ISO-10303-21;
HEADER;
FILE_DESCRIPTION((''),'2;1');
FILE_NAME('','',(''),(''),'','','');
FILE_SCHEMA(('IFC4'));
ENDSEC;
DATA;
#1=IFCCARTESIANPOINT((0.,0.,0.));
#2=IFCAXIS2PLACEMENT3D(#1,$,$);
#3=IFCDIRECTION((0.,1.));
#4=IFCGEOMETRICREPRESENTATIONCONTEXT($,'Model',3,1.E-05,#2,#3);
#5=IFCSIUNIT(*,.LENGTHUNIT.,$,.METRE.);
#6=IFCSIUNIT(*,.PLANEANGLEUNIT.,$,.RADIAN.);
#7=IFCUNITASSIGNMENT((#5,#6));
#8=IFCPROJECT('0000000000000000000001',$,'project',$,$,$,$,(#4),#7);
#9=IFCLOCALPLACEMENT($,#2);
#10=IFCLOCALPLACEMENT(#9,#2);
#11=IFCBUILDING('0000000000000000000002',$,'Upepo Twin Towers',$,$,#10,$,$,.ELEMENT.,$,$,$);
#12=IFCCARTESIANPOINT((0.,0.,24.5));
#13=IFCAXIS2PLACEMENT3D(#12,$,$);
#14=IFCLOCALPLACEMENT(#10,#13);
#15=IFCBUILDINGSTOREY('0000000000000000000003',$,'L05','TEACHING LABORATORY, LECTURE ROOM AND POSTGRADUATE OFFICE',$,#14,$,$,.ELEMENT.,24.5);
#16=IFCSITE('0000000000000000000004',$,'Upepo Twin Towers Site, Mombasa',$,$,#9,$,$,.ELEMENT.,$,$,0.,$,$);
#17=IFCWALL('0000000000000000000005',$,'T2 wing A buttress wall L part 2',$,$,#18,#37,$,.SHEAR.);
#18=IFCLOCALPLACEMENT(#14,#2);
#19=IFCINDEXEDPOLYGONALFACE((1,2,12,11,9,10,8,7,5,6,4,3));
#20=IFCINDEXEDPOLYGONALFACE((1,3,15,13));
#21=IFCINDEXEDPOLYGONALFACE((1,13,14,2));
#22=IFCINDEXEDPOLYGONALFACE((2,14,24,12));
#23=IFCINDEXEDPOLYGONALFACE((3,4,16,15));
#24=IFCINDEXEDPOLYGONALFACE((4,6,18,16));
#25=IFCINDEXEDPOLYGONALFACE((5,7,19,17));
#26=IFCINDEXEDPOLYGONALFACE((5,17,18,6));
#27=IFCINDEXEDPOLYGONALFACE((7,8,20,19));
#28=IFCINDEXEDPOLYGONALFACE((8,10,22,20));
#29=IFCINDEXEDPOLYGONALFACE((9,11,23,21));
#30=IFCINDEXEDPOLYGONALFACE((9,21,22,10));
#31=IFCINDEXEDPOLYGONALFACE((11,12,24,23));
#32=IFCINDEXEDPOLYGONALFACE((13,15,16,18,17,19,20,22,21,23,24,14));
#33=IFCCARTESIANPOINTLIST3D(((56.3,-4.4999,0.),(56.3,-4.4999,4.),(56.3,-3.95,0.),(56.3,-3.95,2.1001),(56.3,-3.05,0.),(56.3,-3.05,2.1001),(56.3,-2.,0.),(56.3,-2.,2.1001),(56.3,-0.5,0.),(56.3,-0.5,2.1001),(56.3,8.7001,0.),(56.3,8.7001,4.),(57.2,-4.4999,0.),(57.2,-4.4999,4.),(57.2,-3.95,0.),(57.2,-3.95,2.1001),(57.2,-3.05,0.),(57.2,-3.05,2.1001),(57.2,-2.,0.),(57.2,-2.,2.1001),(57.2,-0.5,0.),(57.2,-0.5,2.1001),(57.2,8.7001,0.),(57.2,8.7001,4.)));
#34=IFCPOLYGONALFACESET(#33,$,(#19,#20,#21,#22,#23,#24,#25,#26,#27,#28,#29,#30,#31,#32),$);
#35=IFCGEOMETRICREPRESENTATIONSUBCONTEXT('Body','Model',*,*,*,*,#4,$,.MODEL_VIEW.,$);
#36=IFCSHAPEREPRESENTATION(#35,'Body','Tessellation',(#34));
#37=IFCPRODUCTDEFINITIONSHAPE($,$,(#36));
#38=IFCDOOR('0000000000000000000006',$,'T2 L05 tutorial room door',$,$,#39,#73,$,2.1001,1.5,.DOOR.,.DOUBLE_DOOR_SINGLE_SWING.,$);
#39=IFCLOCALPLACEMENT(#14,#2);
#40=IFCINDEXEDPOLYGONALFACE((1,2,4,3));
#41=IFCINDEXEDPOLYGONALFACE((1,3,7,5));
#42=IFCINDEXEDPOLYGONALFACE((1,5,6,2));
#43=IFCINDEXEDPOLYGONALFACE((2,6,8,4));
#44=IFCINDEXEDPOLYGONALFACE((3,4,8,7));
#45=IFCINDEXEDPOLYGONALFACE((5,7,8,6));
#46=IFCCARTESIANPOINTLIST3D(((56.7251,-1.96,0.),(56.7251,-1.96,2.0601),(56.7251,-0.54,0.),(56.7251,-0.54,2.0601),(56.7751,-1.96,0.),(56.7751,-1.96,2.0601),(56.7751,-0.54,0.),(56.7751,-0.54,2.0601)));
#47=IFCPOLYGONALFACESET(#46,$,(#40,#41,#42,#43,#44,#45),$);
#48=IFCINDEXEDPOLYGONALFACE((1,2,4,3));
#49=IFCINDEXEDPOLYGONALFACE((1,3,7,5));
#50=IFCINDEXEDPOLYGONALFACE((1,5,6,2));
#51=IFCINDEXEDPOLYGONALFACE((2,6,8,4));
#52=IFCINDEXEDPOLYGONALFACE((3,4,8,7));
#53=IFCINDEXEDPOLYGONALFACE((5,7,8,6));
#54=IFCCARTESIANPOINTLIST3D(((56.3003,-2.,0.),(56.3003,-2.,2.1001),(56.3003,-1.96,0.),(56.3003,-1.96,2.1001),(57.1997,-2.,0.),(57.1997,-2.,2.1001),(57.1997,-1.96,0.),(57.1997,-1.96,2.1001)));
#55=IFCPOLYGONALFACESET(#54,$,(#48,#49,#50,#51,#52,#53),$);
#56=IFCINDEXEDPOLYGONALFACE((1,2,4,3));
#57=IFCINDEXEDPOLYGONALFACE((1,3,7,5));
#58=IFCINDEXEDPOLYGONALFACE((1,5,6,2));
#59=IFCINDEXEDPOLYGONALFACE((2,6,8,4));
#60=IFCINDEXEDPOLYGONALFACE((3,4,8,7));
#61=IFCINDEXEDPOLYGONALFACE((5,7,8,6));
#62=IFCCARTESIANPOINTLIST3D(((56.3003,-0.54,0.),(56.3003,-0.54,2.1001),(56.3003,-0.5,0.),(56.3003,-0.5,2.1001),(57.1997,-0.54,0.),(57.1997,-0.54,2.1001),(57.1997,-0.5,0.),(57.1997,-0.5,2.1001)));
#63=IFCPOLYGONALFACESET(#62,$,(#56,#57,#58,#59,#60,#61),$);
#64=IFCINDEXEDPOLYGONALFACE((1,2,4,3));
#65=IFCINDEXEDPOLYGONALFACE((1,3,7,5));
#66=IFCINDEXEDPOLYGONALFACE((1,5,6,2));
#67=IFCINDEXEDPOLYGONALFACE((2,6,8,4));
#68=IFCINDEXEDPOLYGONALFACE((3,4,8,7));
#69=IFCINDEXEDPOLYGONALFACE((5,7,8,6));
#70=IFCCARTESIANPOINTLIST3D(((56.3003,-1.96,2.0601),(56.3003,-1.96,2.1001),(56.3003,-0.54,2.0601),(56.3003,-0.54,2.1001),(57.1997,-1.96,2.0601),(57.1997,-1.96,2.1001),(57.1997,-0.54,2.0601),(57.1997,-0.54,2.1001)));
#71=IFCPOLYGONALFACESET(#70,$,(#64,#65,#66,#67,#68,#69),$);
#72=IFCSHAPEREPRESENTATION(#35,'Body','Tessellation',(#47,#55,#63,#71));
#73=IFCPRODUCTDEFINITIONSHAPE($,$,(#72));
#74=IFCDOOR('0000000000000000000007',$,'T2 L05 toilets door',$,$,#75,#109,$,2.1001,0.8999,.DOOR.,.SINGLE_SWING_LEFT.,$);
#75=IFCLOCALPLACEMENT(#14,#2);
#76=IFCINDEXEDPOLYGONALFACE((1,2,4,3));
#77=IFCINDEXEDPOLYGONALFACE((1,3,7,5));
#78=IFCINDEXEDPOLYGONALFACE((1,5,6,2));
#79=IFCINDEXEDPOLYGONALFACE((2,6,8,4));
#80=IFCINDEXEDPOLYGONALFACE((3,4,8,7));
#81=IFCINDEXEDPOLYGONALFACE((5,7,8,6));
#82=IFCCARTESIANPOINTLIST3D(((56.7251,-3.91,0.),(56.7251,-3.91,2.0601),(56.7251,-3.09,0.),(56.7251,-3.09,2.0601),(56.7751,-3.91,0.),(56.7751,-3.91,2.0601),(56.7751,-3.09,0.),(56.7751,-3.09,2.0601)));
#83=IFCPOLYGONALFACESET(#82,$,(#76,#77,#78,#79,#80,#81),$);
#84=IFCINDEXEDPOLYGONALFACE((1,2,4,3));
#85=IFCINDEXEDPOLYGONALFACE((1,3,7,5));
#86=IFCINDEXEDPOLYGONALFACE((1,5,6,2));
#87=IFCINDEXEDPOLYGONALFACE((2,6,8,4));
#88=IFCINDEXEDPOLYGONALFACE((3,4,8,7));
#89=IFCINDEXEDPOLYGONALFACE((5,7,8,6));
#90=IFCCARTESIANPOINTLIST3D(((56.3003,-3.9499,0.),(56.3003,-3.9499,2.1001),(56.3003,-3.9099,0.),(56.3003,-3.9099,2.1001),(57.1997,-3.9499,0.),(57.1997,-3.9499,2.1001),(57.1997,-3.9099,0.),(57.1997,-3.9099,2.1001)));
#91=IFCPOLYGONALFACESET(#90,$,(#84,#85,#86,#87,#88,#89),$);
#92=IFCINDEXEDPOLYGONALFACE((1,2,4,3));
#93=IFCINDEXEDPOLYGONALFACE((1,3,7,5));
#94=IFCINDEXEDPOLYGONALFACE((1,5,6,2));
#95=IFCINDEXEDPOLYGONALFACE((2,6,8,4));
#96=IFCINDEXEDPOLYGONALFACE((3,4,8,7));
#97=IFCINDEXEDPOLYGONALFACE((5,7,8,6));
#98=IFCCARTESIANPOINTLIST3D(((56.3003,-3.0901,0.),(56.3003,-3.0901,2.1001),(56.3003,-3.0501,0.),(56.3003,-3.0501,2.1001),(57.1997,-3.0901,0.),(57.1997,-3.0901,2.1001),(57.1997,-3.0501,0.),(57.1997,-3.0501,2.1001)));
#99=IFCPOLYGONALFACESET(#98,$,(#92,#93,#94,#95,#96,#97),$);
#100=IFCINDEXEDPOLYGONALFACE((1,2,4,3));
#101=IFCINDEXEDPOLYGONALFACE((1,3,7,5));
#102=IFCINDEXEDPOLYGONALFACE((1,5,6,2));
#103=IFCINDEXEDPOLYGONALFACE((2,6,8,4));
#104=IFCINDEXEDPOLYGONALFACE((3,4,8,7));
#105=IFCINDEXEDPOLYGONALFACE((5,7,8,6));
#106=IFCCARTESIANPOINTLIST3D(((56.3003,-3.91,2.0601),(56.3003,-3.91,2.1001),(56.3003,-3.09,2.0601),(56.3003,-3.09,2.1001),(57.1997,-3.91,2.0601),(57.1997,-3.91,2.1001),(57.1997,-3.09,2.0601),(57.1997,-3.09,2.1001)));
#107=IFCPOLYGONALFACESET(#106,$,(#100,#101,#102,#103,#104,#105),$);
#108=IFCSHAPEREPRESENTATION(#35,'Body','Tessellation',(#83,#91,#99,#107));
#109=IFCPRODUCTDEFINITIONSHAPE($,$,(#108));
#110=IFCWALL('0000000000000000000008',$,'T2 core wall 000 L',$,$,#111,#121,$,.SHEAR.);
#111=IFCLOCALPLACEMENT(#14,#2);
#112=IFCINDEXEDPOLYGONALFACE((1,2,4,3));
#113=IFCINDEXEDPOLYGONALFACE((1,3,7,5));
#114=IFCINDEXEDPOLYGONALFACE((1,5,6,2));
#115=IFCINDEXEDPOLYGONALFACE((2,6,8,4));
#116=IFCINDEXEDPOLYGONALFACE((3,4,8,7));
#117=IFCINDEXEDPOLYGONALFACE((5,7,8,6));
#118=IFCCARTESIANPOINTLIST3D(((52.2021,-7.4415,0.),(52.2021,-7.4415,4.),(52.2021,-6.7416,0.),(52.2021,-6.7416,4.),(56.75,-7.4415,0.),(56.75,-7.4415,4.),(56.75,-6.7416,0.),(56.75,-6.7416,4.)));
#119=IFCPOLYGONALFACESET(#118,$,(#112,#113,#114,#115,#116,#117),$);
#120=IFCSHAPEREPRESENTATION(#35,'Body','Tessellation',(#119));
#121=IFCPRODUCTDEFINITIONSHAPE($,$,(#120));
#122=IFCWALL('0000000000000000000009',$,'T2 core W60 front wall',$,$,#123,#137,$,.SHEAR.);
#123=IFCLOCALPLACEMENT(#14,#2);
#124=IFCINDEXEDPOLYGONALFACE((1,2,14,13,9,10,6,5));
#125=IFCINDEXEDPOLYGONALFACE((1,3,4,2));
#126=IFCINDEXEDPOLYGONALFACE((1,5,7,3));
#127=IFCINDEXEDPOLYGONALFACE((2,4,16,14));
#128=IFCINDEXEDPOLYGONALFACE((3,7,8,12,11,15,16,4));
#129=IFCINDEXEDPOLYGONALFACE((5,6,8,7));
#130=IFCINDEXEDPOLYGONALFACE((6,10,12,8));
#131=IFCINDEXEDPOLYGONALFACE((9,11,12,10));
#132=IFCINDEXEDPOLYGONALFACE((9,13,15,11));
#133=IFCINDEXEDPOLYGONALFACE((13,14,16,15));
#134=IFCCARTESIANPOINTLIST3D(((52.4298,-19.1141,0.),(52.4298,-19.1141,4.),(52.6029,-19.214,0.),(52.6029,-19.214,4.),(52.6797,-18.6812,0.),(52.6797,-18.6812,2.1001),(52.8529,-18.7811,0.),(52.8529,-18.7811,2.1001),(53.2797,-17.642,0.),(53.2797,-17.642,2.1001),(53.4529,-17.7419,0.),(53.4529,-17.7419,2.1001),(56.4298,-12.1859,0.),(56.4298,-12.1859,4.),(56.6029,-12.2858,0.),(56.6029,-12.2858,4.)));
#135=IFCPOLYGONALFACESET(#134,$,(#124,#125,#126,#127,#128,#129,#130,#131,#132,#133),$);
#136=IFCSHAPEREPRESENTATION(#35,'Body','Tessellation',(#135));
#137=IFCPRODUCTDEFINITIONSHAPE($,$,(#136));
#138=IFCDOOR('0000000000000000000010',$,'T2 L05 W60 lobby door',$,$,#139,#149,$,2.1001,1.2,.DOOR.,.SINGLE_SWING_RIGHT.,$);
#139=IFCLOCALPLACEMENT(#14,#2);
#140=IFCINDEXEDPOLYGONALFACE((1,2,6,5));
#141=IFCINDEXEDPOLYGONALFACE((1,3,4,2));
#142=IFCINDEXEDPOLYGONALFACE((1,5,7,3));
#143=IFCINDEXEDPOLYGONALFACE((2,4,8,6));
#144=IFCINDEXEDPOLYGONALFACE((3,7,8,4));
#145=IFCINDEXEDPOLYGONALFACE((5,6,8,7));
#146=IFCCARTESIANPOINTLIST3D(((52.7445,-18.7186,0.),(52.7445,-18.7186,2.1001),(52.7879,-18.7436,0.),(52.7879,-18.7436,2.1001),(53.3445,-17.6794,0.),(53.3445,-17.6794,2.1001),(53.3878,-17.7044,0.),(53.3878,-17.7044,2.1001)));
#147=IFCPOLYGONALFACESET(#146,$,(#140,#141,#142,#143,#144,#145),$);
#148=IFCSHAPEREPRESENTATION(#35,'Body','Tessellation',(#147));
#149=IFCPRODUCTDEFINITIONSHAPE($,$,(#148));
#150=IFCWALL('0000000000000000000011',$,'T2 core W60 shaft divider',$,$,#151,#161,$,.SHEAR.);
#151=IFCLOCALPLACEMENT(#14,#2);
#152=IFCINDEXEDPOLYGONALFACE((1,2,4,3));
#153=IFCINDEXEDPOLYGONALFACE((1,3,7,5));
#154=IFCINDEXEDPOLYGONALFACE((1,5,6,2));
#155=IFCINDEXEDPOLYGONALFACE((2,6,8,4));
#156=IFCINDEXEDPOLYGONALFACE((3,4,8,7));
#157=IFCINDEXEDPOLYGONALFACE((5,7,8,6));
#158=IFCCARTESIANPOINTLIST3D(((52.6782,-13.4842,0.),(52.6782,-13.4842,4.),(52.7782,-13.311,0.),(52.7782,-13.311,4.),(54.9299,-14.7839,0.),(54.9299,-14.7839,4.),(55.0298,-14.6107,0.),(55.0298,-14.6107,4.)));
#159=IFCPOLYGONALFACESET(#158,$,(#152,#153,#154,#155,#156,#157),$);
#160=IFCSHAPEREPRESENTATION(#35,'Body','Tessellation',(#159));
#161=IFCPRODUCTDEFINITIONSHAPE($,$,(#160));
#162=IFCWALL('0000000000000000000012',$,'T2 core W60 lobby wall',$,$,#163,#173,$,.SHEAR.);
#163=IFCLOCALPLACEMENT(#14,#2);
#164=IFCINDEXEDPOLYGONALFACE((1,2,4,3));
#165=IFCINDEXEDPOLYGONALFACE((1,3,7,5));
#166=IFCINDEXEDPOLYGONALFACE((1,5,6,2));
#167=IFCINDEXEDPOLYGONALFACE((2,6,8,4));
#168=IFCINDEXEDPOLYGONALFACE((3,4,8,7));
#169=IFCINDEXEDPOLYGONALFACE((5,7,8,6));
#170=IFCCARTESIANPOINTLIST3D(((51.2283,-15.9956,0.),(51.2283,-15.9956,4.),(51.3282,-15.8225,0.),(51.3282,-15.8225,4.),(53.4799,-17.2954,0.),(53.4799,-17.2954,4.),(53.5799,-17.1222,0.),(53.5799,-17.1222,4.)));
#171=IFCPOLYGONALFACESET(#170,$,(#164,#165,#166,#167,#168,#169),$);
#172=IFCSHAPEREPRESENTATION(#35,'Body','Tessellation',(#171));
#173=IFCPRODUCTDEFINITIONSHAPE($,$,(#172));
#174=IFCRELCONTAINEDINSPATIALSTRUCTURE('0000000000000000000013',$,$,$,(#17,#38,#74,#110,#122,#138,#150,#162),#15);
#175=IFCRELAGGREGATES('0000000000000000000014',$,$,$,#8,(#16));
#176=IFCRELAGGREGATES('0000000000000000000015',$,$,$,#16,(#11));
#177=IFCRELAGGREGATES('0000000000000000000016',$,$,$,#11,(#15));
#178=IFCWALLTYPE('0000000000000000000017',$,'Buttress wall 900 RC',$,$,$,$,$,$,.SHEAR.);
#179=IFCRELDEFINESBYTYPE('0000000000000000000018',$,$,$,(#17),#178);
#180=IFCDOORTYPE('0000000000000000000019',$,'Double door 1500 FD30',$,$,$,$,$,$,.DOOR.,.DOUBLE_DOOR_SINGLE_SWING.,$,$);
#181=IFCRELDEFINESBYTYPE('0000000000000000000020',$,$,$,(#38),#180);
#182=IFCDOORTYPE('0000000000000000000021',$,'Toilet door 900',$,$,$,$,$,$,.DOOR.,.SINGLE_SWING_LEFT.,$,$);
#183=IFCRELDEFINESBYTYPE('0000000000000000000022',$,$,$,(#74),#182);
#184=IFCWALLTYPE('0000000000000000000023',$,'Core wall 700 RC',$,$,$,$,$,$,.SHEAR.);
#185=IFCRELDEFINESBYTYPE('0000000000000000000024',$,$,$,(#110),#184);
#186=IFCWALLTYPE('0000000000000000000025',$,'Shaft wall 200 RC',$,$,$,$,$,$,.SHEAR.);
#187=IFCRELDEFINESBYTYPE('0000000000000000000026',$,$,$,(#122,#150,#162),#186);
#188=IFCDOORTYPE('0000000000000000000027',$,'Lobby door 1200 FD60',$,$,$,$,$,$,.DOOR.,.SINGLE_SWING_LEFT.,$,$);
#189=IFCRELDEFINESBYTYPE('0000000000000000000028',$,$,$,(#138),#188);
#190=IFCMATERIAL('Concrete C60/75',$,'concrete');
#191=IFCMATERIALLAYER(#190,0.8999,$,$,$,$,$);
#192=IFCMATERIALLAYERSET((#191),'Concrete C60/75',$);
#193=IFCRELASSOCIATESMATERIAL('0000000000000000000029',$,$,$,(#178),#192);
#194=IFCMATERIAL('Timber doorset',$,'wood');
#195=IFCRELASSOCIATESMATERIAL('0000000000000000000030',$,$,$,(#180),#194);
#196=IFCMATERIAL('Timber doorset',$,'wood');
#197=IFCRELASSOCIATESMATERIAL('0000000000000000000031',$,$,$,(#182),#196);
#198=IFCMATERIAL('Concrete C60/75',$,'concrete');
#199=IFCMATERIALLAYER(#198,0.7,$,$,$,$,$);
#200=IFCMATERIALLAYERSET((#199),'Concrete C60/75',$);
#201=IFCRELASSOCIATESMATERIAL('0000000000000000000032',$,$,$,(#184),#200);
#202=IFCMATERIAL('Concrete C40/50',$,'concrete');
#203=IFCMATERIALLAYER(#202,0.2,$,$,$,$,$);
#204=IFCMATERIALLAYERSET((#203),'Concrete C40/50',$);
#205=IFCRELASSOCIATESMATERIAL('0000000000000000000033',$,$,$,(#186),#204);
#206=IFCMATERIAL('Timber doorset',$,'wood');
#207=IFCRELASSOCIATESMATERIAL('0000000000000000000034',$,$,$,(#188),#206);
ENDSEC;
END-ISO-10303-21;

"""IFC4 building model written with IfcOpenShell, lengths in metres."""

from ifc_helpers import new_model, si_unit, direction, frame, frame_2d, origin, place, context, subcontext, project, spatial, rectangle, extrude, material, layer, layer_set, type_object, element, fill, save


model = new_model("IFC4")

# Units and contexts
model_context = context("Model", 3, precision=1e-05, world=origin(), true_north=direction((0.0, 1.0)))
body_context = subcontext(model_context, "Body", "Model", "MODEL_VIEW")
ifc_project = project(units=[si_unit("LENGTHUNIT", "METRE"), si_unit("PLANEANGLEUNIT", "RADIAN")], contexts=[model_context])

# Site, building, storey
site_placement = place(None, origin())
site = spatial("IfcSite", under=ifc_project, at=site_placement, Name="Upepo Twin Towers Site, Mombasa", CompositionType="ELEMENT", RefElevation=0.0)
building_placement = place(site_placement, origin())
building = spatial("IfcBuilding", under=site, at=building_placement, Name="Upepo Twin Towers", CompositionType="ELEMENT")
storey_placement = place(building_placement, frame((0.0, 0.0, 24.5)))
storey = spatial("IfcBuildingStorey", under=building, at=storey_placement, Name="L05", Description="TEACHING LABORATORY, LECTURE ROOM AND POSTGRADUATE OFFICE", CompositionType="ELEMENT", Elevation=24.5)

# Wall, openings, doors
ifc_material_1 = material(Name="Concrete C60/75", Category="concrete")
ifc_layer_1 = layer(ifc_material_1, 0.8999)
ifc_layer_set_1 = layer_set([ifc_layer_1], Name="Concrete C60/75")
wall_type_1 = type_object("IfcWallType", Name="Buttress wall 900 RC", PredefinedType="SHEAR", material=ifc_layer_set_1)
wall_1_placement = place(storey_placement, frame((56.75, -4.5, 0.0), z_axis=(0.0, 0.0, 1.0), x_axis=(0.0, 1.0, 0.0)))
wall_1 = element("IfcWall", 1, at=wall_1_placement, inside=storey, type_object=wall_type_1, Name="T2 wing A buttress wall L part 2", PredefinedType="SHEAR", context=body_context, shape_type="SweptSolid", body=[
    extrude(rectangle(XDim=13.2, YDim=0.8999, at=frame_2d((6.6001, 0.0))), origin(), (0.0, 0.0, 1.0), 4.0),
])
opening_1_placement = place(wall_1_placement, frame((0.55, 0.0, 0.0)))
opening_1 = element("IfcOpeningElement", 2, at=opening_1_placement, cuts=wall_1, PredefinedType="OPENING", context=body_context, shape_type="SweptSolid", body=[
    extrude(rectangle(XDim=0.8999, YDim=2.1001, at=frame_2d((0.45, 1.05))), frame((0.0, 0.46, 0.0), z_axis=(0.0, -1.0, 0.0), x_axis=(1.0, 0.0, 0.0)), (0.0, 0.0, 1.0), 0.9199),
])
opening_2_placement = place(wall_1_placement, frame((2.5, 0.0, 0.0)))
opening_2 = element("IfcOpeningElement", 3, at=opening_2_placement, cuts=wall_1, PredefinedType="OPENING", context=body_context, shape_type="SweptSolid", body=[
    extrude(rectangle(XDim=1.5, YDim=2.1001, at=frame_2d((0.75, 1.05))), frame((0.0, 0.46, 0.0), z_axis=(0.0, -1.0, 0.0), x_axis=(1.0, 0.0, 0.0)), (0.0, 0.0, 1.0), 0.9199),
])
ifc_material_2 = material(Name="Timber doorset", Category="wood")
door_type_1 = type_object("IfcDoorType", Name="Double door 1500 FD30", OperationType="DOUBLE_DOOR_SINGLE_SWING", PredefinedType="DOOR", material=ifc_material_2)
door_1_placement = place(opening_2_placement, origin())
door_1 = element("IfcDoor", 4, at=door_1_placement, inside=storey, type_object=door_type_1, Name="T2 L05 tutorial room door", OperationType="DOUBLE_DOOR_SINGLE_SWING", OverallHeight=2.1001, OverallWidth=1.5, PredefinedType="DOOR", context=body_context, shape_type="SweptSolid", body=[
    extrude(rectangle(XDim=1.42, YDim=2.0601, at=frame_2d((0.75, 1.03))), frame((0.0, 0.0249, 0.0), z_axis=(0.0, -1.0, 0.0), x_axis=(1.0, 0.0, 0.0)), (0.0, 0.0, 1.0), 0.05),
    extrude(rectangle(XDim=0.04, YDim=2.1001, at=frame_2d((0.02, 1.05))), frame((0.0, 0.4497, 0.0), z_axis=(0.0, -1.0, 0.0), x_axis=(1.0, 0.0, 0.0)), (0.0, 0.0, 1.0), 0.8994),
    extrude(rectangle(XDim=0.04, YDim=2.1001, at=frame_2d((1.48, 1.05))), frame((0.0, 0.4497, 0.0), z_axis=(0.0, -1.0, 0.0), x_axis=(1.0, 0.0, 0.0)), (0.0, 0.0, 1.0), 0.8994),
    extrude(rectangle(XDim=1.42, YDim=0.04, at=frame_2d((0.75, 2.0801))), frame((0.0, 0.4497, 0.0), z_axis=(0.0, -1.0, 0.0), x_axis=(1.0, 0.0, 0.0)), (0.0, 0.0, 1.0), 0.8994),
])
fill(opening_2, door_1)
ifc_material_3 = material(Name="Timber doorset", Category="wood")
door_type_2 = type_object("IfcDoorType", Name="Toilet door 900", OperationType="SINGLE_SWING_LEFT", PredefinedType="DOOR", material=ifc_material_3)
door_2_placement = place(opening_1_placement, origin())
door_2 = element("IfcDoor", 5, at=door_2_placement, inside=storey, type_object=door_type_2, Name="T2 L05 toilets door", OperationType="SINGLE_SWING_LEFT", OverallHeight=2.1001, OverallWidth=0.8999, PredefinedType="DOOR", context=body_context, shape_type="SweptSolid", body=[
    extrude(rectangle(XDim=0.8199, YDim=2.0601, at=frame_2d((0.45, 1.03))), frame((0.0, 0.0249, 0.0), z_axis=(0.0, -1.0, 0.0), x_axis=(1.0, 0.0, 0.0)), (0.0, 0.0, 1.0), 0.05),
    extrude(rectangle(XDim=0.04, YDim=2.1001, at=frame_2d((0.02, 1.05))), frame((0.0, 0.4497, 0.0), z_axis=(0.0, -1.0, 0.0), x_axis=(1.0, 0.0, 0.0)), (0.0, 0.0, 1.0), 0.8994),
    extrude(rectangle(XDim=0.04, YDim=2.1001, at=frame_2d((0.8799, 1.05))), frame((0.0, 0.4497, 0.0), z_axis=(0.0, -1.0, 0.0), x_axis=(1.0, 0.0, 0.0)), (0.0, 0.0, 1.0), 0.8994),
    extrude(rectangle(XDim=0.8199, YDim=0.04, at=frame_2d((0.45, 2.0801))), frame((0.0, 0.4497, 0.0), z_axis=(0.0, -1.0, 0.0), x_axis=(1.0, 0.0, 0.0)), (0.0, 0.0, 1.0), 0.8994),
])
fill(opening_1, door_2)

# Wall
ifc_material_4 = material(Name="Concrete C60/75", Category="concrete")
ifc_layer_2 = layer(ifc_material_4, 0.7)
ifc_layer_set_2 = layer_set([ifc_layer_2], Name="Concrete C60/75")
wall_type_2 = type_object("IfcWallType", Name="Core wall 700 RC", PredefinedType="SHEAR", material=ifc_layer_set_2)
wall_2_placement = place(storey_placement, frame((56.75, -7.0916, 0.0), z_axis=(0.0, 0.0, 1.0), x_axis=(-1.0, 0.0, 0.0)))
element("IfcWall", 6, at=wall_2_placement, inside=storey, type_object=wall_type_2, Name="T2 core wall 000 L", PredefinedType="SHEAR", context=body_context, shape_type="SweptSolid", body=[
    extrude(rectangle(XDim=4.5479, YDim=0.7, at=frame_2d((2.2739, 0.0))), origin(), (0.0, 0.0, 1.0), 4.0),
])

# Wall, opening, door
ifc_material_5 = material(Name="Concrete C40/50", Category="concrete")
ifc_layer_3 = layer(ifc_material_5, 0.2)
ifc_layer_set_3 = layer_set([ifc_layer_3], Name="Concrete C40/50")
wall_type_3 = type_object("IfcWallType", Name="Shaft wall 200 RC", PredefinedType="SHEAR", material=ifc_layer_set_3)
wall_3_placement = place(storey_placement, frame((56.5164, -12.2358, 0.0), z_axis=(0.0, 0.0, 1.0), x_axis=(-0.499999, -0.866026, 0.0)))
wall_3 = element("IfcWall", 7, at=wall_3_placement, inside=storey, type_object=wall_type_3, Name="T2 core W60 front wall", PredefinedType="SHEAR", context=body_context, shape_type="SweptSolid", body=[
    extrude(rectangle(XDim=8.0, YDim=0.2, at=frame_2d((4.0, 0.0))), origin(), (0.0, 0.0, 1.0), 4.0),
])
opening_3_placement = place(wall_3_placement, frame((6.3, 0.0, 0.0)))
opening_3 = element("IfcOpeningElement", 8, at=opening_3_placement, cuts=wall_3, PredefinedType="OPENING", context=body_context, shape_type="SweptSolid", body=[
    extrude(rectangle(XDim=1.2, YDim=2.1001, at=frame_2d((0.6001, 1.05))), frame((0.0, 0.1099, 0.0), z_axis=(0.0, -1.0, 0.0), x_axis=(1.0, 0.0, 0.0)), (0.0, 0.0, 1.0), 0.22),
])
ifc_material_6 = material(Name="Timber doorset", Category="wood")
door_type_3 = type_object("IfcDoorType", Name="Lobby door 1200 FD60", OperationType="SINGLE_SWING_LEFT", PredefinedType="DOOR", material=ifc_material_6)
door_3_placement = place(opening_3_placement, origin())
door_3 = element("IfcDoor", 9, at=door_3_placement, inside=storey, type_object=door_type_3, Name="T2 L05 W60 lobby door", OperationType="SINGLE_SWING_RIGHT", OverallHeight=2.1001, OverallWidth=1.2, PredefinedType="DOOR", context=body_context, shape_type="SweptSolid", body=[
    extrude(rectangle(XDim=1.2, YDim=2.1001, at=frame_2d((0.6001, 1.05))), frame((0.0, 0.0249, 0.0), z_axis=(0.0, -1.0, 0.0), x_axis=(1.0, 0.0, 0.0)), (0.0, 0.0, 1.0), 0.05),
])
fill(opening_3, door_3)

# Walls
for number, where, z_axis, x_axis, name in (
    (10, (54.9797, -14.6973, 0.0), (0.0, 0.0, 1.0), (-0.866062, 0.499937, 0.0), "T2 core W60 shaft divider"),
    (11, (53.5298, -17.2087, 0.0), (0.0, 0.0, 1.0), (-0.866062, 0.499937, 0.0), "T2 core W60 lobby wall"),
):
    element("IfcWall", number, at=place(storey_placement, frame(where, z_axis=z_axis, x_axis=x_axis)), inside=storey, type_object=wall_type_3, Name=name, PredefinedType="SHEAR", context=body_context, shape_type="SweptSolid", body=[
        extrude(rectangle(XDim=2.5999, YDim=0.2, at=frame_2d((1.2998, 0.0))), origin(), (0.0, 0.0, 1.0), 4.0),
    ])

save(model, "model.ifc")
